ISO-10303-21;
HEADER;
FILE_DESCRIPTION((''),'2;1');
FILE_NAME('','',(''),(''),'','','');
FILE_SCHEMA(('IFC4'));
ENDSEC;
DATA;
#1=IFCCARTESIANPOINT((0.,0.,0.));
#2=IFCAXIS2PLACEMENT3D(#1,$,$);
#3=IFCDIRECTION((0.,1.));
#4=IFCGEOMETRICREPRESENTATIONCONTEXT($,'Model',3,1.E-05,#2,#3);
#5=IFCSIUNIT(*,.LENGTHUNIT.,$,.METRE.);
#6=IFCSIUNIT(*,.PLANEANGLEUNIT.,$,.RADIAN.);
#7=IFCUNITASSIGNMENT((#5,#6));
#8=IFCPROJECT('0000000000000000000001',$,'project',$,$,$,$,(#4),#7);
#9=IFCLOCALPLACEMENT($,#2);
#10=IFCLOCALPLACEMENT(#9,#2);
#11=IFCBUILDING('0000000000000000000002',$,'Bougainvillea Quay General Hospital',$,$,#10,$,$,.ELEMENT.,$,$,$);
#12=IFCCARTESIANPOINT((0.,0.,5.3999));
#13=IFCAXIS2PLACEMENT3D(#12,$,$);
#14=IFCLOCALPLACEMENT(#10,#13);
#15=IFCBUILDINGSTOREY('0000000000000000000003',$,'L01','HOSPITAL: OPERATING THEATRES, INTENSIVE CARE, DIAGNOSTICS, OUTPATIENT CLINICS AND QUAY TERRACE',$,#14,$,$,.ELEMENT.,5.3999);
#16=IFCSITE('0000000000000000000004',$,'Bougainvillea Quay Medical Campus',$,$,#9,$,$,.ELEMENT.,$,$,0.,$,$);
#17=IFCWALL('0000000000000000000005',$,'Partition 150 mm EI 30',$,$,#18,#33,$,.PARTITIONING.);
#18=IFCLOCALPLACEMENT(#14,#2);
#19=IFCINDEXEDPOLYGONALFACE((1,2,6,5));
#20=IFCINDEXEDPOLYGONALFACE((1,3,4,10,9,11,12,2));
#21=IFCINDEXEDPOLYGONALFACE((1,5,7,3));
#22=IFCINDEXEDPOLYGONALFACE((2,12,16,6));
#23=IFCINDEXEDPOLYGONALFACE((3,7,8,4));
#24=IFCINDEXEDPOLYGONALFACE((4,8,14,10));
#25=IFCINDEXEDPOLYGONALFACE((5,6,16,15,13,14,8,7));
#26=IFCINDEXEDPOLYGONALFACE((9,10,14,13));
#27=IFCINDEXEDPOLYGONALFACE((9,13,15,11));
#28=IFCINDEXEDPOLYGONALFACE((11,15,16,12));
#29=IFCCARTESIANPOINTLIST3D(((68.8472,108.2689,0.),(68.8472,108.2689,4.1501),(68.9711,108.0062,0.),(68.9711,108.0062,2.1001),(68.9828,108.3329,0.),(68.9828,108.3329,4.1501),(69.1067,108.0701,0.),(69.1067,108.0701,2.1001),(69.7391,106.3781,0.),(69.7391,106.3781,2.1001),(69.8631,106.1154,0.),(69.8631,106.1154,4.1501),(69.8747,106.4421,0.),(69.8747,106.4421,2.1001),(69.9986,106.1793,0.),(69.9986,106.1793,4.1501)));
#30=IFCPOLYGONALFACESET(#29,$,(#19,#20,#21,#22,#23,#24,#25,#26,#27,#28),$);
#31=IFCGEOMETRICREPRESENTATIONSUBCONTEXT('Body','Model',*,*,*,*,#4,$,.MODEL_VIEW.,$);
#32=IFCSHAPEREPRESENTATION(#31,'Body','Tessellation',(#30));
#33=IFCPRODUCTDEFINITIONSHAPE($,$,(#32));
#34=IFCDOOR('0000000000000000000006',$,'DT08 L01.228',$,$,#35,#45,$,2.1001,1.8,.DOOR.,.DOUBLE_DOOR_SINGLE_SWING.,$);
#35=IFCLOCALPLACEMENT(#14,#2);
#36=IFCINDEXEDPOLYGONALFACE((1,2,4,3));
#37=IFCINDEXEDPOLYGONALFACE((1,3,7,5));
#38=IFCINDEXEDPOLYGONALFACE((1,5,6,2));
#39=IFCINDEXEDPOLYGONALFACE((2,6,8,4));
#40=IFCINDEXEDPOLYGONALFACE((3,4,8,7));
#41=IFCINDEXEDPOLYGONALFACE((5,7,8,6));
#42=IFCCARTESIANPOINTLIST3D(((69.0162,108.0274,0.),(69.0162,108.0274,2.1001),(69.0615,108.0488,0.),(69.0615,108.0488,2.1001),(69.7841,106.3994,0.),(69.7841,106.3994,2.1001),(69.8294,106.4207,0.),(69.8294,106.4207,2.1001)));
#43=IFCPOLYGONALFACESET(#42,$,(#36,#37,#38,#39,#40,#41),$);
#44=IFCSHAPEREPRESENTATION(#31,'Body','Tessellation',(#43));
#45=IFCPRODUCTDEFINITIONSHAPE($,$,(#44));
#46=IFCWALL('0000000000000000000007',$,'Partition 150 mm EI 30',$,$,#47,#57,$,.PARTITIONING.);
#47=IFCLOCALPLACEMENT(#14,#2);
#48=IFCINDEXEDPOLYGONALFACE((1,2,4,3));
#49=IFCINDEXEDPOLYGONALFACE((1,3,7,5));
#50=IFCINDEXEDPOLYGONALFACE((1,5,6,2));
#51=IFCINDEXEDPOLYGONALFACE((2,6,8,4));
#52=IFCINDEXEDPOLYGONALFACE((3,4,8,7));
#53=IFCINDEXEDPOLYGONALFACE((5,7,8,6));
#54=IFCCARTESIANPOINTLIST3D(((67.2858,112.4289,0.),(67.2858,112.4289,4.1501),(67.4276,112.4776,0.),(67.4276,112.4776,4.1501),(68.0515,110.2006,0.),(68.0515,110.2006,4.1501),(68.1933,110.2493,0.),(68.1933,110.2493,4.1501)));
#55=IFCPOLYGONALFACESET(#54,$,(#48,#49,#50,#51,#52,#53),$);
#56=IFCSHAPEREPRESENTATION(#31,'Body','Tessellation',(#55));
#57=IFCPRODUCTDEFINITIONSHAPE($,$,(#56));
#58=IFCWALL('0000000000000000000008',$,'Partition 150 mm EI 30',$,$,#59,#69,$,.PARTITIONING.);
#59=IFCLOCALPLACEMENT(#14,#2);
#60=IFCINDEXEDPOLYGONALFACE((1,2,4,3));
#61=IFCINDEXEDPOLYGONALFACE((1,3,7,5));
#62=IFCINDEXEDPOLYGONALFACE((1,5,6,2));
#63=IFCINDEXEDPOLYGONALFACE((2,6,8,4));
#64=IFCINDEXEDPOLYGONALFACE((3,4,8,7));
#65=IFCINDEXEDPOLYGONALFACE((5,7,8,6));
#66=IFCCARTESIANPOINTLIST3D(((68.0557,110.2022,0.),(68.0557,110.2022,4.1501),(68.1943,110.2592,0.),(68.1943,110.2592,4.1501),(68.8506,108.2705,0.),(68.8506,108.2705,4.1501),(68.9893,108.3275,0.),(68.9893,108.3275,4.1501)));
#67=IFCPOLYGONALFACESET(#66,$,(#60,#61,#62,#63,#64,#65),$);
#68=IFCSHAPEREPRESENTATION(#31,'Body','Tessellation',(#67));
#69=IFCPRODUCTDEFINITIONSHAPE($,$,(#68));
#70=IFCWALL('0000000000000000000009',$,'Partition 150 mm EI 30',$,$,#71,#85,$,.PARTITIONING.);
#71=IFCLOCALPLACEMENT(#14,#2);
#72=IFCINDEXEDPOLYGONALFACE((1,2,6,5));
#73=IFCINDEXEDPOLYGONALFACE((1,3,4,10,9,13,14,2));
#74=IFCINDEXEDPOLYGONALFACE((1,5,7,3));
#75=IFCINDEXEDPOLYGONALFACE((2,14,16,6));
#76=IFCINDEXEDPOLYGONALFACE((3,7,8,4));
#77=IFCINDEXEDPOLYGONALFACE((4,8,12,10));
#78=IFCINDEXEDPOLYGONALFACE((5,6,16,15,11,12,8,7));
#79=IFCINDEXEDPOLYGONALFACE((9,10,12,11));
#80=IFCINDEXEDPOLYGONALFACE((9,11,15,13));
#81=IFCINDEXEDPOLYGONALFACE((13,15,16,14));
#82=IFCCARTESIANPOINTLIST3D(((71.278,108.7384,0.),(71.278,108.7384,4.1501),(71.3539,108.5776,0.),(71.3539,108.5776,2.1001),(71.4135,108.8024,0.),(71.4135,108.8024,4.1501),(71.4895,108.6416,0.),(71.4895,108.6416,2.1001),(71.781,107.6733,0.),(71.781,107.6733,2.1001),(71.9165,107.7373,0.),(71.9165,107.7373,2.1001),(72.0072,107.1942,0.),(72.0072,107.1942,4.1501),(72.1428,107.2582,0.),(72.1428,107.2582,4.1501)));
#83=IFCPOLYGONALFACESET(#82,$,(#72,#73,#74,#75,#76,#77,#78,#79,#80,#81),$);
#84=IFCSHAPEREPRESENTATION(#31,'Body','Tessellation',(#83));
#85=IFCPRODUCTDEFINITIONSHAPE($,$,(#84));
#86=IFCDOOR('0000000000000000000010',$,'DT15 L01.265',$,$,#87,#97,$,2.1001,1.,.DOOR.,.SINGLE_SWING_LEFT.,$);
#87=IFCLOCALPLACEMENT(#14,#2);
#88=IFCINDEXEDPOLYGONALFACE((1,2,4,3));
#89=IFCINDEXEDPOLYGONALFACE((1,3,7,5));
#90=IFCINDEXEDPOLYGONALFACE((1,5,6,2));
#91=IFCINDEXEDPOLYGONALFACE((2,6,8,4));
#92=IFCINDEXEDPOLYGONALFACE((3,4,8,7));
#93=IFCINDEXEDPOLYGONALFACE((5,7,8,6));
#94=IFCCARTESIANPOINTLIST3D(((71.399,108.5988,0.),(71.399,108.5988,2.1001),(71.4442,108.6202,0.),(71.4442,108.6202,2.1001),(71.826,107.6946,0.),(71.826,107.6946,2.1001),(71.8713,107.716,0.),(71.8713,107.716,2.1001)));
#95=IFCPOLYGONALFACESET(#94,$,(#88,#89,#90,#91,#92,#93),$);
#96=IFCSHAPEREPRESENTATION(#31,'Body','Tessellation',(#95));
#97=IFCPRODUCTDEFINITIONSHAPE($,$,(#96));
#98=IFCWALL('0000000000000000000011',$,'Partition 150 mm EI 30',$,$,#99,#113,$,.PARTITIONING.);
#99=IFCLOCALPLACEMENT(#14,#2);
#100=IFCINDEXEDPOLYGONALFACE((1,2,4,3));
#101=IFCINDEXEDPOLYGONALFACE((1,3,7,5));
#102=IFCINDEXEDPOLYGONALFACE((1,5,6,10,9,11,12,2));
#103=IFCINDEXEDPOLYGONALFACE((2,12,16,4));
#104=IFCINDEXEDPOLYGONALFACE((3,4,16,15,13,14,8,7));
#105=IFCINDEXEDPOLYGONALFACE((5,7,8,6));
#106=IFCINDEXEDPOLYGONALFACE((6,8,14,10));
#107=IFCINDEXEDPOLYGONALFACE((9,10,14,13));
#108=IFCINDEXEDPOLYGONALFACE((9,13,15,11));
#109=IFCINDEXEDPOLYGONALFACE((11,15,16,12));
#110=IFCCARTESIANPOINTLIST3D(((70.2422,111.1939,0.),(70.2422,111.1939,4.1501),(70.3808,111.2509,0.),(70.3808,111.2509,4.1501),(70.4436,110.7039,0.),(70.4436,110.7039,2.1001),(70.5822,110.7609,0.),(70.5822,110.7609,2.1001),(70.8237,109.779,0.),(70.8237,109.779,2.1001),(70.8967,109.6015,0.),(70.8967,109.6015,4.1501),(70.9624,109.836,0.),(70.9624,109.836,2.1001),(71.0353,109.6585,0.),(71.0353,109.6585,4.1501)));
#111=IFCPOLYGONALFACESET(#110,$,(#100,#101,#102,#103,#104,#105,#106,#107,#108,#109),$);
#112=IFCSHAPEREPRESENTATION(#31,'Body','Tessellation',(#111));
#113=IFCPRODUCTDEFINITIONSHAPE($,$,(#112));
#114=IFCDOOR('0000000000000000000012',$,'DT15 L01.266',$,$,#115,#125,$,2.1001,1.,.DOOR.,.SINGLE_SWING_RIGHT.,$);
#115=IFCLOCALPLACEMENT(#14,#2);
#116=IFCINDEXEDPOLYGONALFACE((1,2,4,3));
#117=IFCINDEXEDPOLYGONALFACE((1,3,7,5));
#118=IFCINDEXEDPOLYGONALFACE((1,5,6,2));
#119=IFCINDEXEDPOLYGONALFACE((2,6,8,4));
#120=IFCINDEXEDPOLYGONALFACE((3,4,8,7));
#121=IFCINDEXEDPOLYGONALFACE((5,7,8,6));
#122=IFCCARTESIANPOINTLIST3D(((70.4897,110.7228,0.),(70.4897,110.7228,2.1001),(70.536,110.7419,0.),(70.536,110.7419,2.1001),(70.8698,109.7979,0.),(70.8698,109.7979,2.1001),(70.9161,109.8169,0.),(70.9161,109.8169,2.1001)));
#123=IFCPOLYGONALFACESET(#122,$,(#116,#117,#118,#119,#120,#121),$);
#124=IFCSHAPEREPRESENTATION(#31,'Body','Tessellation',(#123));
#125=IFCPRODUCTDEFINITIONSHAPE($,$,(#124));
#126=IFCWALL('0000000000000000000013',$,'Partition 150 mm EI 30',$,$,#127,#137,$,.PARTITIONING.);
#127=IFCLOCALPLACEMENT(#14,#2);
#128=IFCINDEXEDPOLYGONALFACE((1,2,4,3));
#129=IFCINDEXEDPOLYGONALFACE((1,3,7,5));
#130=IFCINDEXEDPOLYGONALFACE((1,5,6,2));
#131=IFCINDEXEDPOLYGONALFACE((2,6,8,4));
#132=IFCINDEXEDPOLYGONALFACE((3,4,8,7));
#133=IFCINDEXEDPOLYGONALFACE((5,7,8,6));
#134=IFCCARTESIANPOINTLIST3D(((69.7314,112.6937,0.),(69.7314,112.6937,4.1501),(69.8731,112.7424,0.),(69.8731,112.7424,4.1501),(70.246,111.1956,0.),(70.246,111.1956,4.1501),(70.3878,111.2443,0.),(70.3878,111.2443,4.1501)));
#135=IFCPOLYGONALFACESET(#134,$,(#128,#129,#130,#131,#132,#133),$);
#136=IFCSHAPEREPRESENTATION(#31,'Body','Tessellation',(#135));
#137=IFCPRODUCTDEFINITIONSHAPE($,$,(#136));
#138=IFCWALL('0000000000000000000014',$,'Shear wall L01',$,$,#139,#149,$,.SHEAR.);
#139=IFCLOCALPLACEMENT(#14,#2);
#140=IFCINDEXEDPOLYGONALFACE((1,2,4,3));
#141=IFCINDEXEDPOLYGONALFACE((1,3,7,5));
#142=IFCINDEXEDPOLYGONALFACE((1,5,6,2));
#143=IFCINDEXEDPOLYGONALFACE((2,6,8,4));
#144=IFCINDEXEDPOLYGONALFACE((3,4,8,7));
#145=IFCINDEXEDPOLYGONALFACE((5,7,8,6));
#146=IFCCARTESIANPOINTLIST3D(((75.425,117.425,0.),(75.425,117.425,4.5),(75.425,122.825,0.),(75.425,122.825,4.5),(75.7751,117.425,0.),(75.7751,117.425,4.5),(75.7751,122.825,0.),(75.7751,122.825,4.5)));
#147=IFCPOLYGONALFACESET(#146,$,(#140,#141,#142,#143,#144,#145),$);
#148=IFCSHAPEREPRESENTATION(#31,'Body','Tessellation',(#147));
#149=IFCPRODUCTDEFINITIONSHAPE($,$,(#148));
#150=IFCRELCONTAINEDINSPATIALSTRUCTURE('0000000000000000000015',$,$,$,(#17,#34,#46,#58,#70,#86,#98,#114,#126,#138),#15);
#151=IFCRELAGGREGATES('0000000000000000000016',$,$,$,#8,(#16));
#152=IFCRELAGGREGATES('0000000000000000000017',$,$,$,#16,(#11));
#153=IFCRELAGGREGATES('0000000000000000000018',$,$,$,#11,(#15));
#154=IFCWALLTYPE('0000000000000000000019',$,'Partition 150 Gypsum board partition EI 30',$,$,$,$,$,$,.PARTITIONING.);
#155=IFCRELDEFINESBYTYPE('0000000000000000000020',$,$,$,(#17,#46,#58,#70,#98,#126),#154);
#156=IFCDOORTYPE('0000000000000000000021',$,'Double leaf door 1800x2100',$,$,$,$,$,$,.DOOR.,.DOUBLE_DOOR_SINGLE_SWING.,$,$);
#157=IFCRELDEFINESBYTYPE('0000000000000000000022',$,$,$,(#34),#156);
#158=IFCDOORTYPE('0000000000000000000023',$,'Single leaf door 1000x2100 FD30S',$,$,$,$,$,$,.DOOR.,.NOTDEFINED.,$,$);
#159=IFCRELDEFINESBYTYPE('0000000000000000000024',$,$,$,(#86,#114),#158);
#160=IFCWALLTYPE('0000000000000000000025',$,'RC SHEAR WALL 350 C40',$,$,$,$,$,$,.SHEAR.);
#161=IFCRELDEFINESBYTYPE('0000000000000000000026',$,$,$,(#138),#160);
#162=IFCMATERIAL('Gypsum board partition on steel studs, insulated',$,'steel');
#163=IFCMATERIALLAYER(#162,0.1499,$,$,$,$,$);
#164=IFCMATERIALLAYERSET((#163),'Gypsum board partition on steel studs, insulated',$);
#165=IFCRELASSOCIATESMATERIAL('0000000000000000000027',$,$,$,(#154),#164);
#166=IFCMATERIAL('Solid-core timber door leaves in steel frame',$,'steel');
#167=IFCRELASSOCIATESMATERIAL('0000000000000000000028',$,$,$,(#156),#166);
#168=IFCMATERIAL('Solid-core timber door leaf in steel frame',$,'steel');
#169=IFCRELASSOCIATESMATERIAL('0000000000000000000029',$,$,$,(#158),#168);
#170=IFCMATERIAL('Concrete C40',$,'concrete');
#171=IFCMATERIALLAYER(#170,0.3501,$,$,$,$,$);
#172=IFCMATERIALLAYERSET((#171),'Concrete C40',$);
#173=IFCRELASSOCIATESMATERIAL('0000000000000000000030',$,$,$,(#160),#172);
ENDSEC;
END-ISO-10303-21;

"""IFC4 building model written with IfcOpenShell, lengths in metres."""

from ifc_helpers import new_model, si_unit, direction, frame, frame_2d, origin, place, context, subcontext, project, spatial, rectangle, extrude, material, layer, layer_set, type_object, element, fill, save


model = new_model("IFC4")

# Units and contexts
model_context = context("Model", 3, precision=1e-05, world=origin(), true_north=direction((0.0, 1.0)))
body_context = subcontext(model_context, "Body", "Model", "MODEL_VIEW")
ifc_project = project(units=[si_unit("LENGTHUNIT", "METRE"), si_unit("PLANEANGLEUNIT", "RADIAN")], contexts=[model_context])

# Site, building, storey
site_placement = place(None, origin())
site = spatial("IfcSite", under=ifc_project, at=site_placement, Name="Bougainvillea Quay Medical Campus", CompositionType="ELEMENT", RefElevation=0.0)
building_placement = place(site_placement, origin())
building = spatial("IfcBuilding", under=site, at=building_placement, Name="Bougainvillea Quay General Hospital", CompositionType="ELEMENT")
storey_placement = place(building_placement, frame((0.0, 0.0, 5.3999)))
storey = spatial("IfcBuildingStorey", under=building, at=storey_placement, Name="L01", Description="HOSPITAL: OPERATING THEATRES, INTENSIVE CARE, DIAGNOSTICS, OUTPATIENT CLINICS AND QUAY TERRACE", CompositionType="ELEMENT", Elevation=5.3999)

# Shared definitions
ifc_material_1 = material(Name="Concrete C40", Category="concrete")

# Wall, opening, door
ifc_material_2 = material(Name="Gypsum board partition on steel studs, insulated", Category="steel")
ifc_layer_1 = layer(ifc_material_2, 0.1499)
ifc_layer_set_1 = layer_set([ifc_layer_1], Name="Gypsum board partition on steel studs, insulated")
wall_type_1 = type_object("IfcWallType", Name="Partition 150 Gypsum board partition EI 30", PredefinedType="PARTITIONING", material=ifc_layer_set_1)
wall_1_placement = place(storey_placement, frame((68.915, 108.3008, 0.0), z_axis=(0.0, 0.0, 1.0), x_axis=(0.426631, -0.904426, 0.0)))
wall_1 = element("IfcWall", 1, at=wall_1_placement, inside=storey, type_object=wall_type_1, Name="Partition 150 mm EI 30", PredefinedType="PARTITIONING", context=body_context, shape_type="SweptSolid", body=[
    extrude(rectangle(XDim=2.3811, YDim=0.1499, at=frame_2d((1.1904, 0.0))), origin(), (0.0, 0.0, 1.0), 4.1501),
])
opening_1_placement = place(wall_1_placement, frame((0.2905, 0.0, 0.0)))
opening_1 = element("IfcOpeningElement", 2, at=opening_1_placement, cuts=wall_1, PredefinedType="OPENING", context=body_context, shape_type="SweptSolid", body=[
    extrude(rectangle(XDim=1.8, YDim=2.1001, at=frame_2d((0.8999, 1.05))), frame((0.0, 0.085, 0.0), z_axis=(0.0, -1.0, 0.0), x_axis=(1.0, 0.0, 0.0)), (0.0, 0.0, 1.0), 0.1699),
])
ifc_material_3 = material(Name="Solid-core timber door leaves in steel frame", Category="steel")
door_type_1 = type_object("IfcDoorType", Name="Double leaf door 1800x2100", OperationType="DOUBLE_DOOR_SINGLE_SWING", PredefinedType="DOOR", material=ifc_material_3)
door_1_placement = place(opening_1_placement, origin())
door_1 = element("IfcDoor", 3, at=door_1_placement, inside=storey, type_object=door_type_1, Name="DT08 L01.228", OperationType="DOUBLE_DOOR_SINGLE_SWING", OverallHeight=2.1001, OverallWidth=1.8, PredefinedType="DOOR", context=body_context, shape_type="SweptSolid", body=[
    extrude(rectangle(XDim=1.8, YDim=2.1001, at=frame_2d((0.8999, 1.05))), frame((0.0, 0.0249, 0.0), z_axis=(0.0, -1.0, 0.0), x_axis=(1.0, 0.0, 0.0)), (0.0, 0.0, 1.0), 0.05),
])
fill(opening_1, door_1)

# Walls
wall_2_placement = place(storey_placement, frame((67.3567, 112.4534, 0.0), z_axis=(0.0, 0.0, 1.0), x_axis=(0.324949, -0.945731, 0.0)))
element("IfcWall", 4, at=wall_2_placement, inside=storey, type_object=wall_type_1, Name="Partition 150 mm EI 30", PredefinedType="PARTITIONING", context=body_context, shape_type="SweptSolid", body=[
    extrude(rectangle(XDim=2.3562, YDim=0.1499, at=frame_2d((1.1782, 0.0))), origin(), (0.0, 0.0, 1.0), 4.1501),
])
wall_3_placement = place(storey_placement, frame((68.125, 110.2307, 0.0), z_axis=(0.0, 0.0, 1.0), x_axis=(0.380562, -0.924756, 0.0)))
element("IfcWall", 5, at=wall_3_placement, inside=storey, type_object=wall_type_1, Name="Partition 150 mm EI 30", PredefinedType="PARTITIONING", context=body_context, shape_type="SweptSolid", body=[
    extrude(rectangle(XDim=2.0889, YDim=0.1499, at=frame_2d((1.0444, 0.0))), origin(), (0.0, 0.0, 1.0), 4.1501),
])

# Walls, openings, doors
wall_4_placement = place(storey_placement, frame((71.3457, 108.7705, 0.0), z_axis=(0.0, 0.0, 1.0), x_axis=(0.427029, -0.904238, 0.0)))
wall_4 = element("IfcWall", 6, at=wall_4_placement, inside=storey, type_object=wall_type_1, Name="Partition 150 mm EI 30", PredefinedType="PARTITIONING", context=body_context, shape_type="SweptSolid", body=[
    extrude(rectangle(XDim=1.7078, YDim=0.1499, at=frame_2d((0.854, 0.0))), origin(), (0.0, 0.0, 1.0), 4.1501),
])
opening_2_placement = place(wall_4_placement, frame((0.178, 0.0, 0.0)))
opening_2 = element("IfcOpeningElement", 7, at=opening_2_placement, cuts=wall_4, PredefinedType="OPENING", context=body_context, shape_type="SweptSolid", body=[
    extrude(rectangle(XDim=1.0, YDim=2.1001, at=frame_2d((0.5, 1.05))), frame((0.0, 0.085, 0.0), z_axis=(0.0, -1.0, 0.0), x_axis=(1.0, 0.0, 0.0)), (0.0, 0.0, 1.0), 0.1699),
])
ifc_material_4 = material(Name="Solid-core timber door leaf in steel frame", Category="steel")
door_type_2 = type_object("IfcDoorType", Name="Single leaf door 1000x2100 FD30S", OperationType="NOTDEFINED", PredefinedType="DOOR", material=ifc_material_4)
door_2_placement = place(opening_2_placement, origin())
door_2 = element("IfcDoor", 8, at=door_2_placement, inside=storey, type_object=door_type_2, Name="DT15 L01.265", OperationType="SINGLE_SWING_LEFT", OverallHeight=2.1001, OverallWidth=1.0, PredefinedType="DOOR", context=body_context, shape_type="SweptSolid", body=[
    extrude(rectangle(XDim=1.0, YDim=2.1001, at=frame_2d((0.5, 1.05))), frame((0.0, 0.0249, 0.0), z_axis=(0.0, -1.0, 0.0), x_axis=(1.0, 0.0, 0.0)), (0.0, 0.0, 1.0), 0.05),
])
fill(opening_2, door_2)
wall_5_placement = place(storey_placement, frame((70.3115, 111.2224, 0.0), z_axis=(0.0, 0.0, 1.0), x_axis=(0.380151, -0.924925, 0.0)))
wall_5 = element("IfcWall", 9, at=wall_5_placement, inside=storey, type_object=wall_type_1, Name="Partition 150 mm EI 30", PredefinedType="PARTITIONING", context=body_context, shape_type="SweptSolid", body=[
    extrude(rectangle(XDim=1.7217, YDim=0.1499, at=frame_2d((0.8608, 0.0))), origin(), (0.0, 0.0, 1.0), 4.1501),
])
opening_3_placement = place(wall_5_placement, frame((0.5298, 0.0, 0.0)))
opening_3 = element("IfcOpeningElement", 10, at=opening_3_placement, cuts=wall_5, PredefinedType="OPENING", context=body_context, shape_type="SweptSolid", body=[
    extrude(rectangle(XDim=1.0, YDim=2.1001, at=frame_2d((0.5, 1.05))), frame((0.0, 0.085, 0.0), z_axis=(0.0, -1.0, 0.0), x_axis=(1.0, 0.0, 0.0)), (0.0, 0.0, 1.0), 0.1699),
])
door_3_placement = place(opening_3_placement, origin())
door_3 = element("IfcDoor", 11, at=door_3_placement, inside=storey, type_object=door_type_2, Name="DT15 L01.266", OperationType="SINGLE_SWING_RIGHT", OverallHeight=2.1001, OverallWidth=1.0, PredefinedType="DOOR", context=body_context, shape_type="SweptSolid", body=[
    extrude(rectangle(XDim=1.0, YDim=2.1001, at=frame_2d((0.5, 1.05))), frame((0.0, 0.0249, 0.0), z_axis=(0.0, -1.0, 0.0), x_axis=(1.0, 0.0, 0.0)), (0.0, 0.0, 1.0), 0.05),
])
fill(opening_3, door_3)

# Walls
wall_6_placement = place(storey_placement, frame((69.8022, 112.718, 0.0), z_axis=(0.0, 0.0, 1.0), x_axis=(0.324907, -0.945746, 0.0)))
element("IfcWall", 12, at=wall_6_placement, inside=storey, type_object=wall_type_1, Name="Partition 150 mm EI 30", PredefinedType="PARTITIONING", context=body_context, shape_type="SweptSolid", body=[
    extrude(rectangle(XDim=1.584, YDim=0.1499, at=frame_2d((0.792, 0.0))), origin(), (0.0, 0.0, 1.0), 4.1501),
])
ifc_layer_2 = layer(ifc_material_1, 0.3501)
ifc_layer_set_2 = layer_set([ifc_layer_2], Name="Concrete C40")
wall_type_2 = type_object("IfcWallType", Name="RC SHEAR WALL 350 C40", PredefinedType="SHEAR", material=ifc_layer_set_2)
wall_7_placement = place(storey_placement, frame((75.6001, 117.425, 0.0), z_axis=(0.0, 0.0, 1.0), x_axis=(0.0, 1.0, 0.0)))
element("IfcWall", 13, at=wall_7_placement, inside=storey, type_object=wall_type_2, Name="Shear wall L01", PredefinedType="SHEAR", context=body_context, shape_type="SweptSolid", body=[
    extrude(rectangle(XDim=5.3999, YDim=0.3501, at=frame_2d((2.7, 0.0))), origin(), (0.0, 0.0, 1.0), 4.5),
])

save(model, "model.ifc")
